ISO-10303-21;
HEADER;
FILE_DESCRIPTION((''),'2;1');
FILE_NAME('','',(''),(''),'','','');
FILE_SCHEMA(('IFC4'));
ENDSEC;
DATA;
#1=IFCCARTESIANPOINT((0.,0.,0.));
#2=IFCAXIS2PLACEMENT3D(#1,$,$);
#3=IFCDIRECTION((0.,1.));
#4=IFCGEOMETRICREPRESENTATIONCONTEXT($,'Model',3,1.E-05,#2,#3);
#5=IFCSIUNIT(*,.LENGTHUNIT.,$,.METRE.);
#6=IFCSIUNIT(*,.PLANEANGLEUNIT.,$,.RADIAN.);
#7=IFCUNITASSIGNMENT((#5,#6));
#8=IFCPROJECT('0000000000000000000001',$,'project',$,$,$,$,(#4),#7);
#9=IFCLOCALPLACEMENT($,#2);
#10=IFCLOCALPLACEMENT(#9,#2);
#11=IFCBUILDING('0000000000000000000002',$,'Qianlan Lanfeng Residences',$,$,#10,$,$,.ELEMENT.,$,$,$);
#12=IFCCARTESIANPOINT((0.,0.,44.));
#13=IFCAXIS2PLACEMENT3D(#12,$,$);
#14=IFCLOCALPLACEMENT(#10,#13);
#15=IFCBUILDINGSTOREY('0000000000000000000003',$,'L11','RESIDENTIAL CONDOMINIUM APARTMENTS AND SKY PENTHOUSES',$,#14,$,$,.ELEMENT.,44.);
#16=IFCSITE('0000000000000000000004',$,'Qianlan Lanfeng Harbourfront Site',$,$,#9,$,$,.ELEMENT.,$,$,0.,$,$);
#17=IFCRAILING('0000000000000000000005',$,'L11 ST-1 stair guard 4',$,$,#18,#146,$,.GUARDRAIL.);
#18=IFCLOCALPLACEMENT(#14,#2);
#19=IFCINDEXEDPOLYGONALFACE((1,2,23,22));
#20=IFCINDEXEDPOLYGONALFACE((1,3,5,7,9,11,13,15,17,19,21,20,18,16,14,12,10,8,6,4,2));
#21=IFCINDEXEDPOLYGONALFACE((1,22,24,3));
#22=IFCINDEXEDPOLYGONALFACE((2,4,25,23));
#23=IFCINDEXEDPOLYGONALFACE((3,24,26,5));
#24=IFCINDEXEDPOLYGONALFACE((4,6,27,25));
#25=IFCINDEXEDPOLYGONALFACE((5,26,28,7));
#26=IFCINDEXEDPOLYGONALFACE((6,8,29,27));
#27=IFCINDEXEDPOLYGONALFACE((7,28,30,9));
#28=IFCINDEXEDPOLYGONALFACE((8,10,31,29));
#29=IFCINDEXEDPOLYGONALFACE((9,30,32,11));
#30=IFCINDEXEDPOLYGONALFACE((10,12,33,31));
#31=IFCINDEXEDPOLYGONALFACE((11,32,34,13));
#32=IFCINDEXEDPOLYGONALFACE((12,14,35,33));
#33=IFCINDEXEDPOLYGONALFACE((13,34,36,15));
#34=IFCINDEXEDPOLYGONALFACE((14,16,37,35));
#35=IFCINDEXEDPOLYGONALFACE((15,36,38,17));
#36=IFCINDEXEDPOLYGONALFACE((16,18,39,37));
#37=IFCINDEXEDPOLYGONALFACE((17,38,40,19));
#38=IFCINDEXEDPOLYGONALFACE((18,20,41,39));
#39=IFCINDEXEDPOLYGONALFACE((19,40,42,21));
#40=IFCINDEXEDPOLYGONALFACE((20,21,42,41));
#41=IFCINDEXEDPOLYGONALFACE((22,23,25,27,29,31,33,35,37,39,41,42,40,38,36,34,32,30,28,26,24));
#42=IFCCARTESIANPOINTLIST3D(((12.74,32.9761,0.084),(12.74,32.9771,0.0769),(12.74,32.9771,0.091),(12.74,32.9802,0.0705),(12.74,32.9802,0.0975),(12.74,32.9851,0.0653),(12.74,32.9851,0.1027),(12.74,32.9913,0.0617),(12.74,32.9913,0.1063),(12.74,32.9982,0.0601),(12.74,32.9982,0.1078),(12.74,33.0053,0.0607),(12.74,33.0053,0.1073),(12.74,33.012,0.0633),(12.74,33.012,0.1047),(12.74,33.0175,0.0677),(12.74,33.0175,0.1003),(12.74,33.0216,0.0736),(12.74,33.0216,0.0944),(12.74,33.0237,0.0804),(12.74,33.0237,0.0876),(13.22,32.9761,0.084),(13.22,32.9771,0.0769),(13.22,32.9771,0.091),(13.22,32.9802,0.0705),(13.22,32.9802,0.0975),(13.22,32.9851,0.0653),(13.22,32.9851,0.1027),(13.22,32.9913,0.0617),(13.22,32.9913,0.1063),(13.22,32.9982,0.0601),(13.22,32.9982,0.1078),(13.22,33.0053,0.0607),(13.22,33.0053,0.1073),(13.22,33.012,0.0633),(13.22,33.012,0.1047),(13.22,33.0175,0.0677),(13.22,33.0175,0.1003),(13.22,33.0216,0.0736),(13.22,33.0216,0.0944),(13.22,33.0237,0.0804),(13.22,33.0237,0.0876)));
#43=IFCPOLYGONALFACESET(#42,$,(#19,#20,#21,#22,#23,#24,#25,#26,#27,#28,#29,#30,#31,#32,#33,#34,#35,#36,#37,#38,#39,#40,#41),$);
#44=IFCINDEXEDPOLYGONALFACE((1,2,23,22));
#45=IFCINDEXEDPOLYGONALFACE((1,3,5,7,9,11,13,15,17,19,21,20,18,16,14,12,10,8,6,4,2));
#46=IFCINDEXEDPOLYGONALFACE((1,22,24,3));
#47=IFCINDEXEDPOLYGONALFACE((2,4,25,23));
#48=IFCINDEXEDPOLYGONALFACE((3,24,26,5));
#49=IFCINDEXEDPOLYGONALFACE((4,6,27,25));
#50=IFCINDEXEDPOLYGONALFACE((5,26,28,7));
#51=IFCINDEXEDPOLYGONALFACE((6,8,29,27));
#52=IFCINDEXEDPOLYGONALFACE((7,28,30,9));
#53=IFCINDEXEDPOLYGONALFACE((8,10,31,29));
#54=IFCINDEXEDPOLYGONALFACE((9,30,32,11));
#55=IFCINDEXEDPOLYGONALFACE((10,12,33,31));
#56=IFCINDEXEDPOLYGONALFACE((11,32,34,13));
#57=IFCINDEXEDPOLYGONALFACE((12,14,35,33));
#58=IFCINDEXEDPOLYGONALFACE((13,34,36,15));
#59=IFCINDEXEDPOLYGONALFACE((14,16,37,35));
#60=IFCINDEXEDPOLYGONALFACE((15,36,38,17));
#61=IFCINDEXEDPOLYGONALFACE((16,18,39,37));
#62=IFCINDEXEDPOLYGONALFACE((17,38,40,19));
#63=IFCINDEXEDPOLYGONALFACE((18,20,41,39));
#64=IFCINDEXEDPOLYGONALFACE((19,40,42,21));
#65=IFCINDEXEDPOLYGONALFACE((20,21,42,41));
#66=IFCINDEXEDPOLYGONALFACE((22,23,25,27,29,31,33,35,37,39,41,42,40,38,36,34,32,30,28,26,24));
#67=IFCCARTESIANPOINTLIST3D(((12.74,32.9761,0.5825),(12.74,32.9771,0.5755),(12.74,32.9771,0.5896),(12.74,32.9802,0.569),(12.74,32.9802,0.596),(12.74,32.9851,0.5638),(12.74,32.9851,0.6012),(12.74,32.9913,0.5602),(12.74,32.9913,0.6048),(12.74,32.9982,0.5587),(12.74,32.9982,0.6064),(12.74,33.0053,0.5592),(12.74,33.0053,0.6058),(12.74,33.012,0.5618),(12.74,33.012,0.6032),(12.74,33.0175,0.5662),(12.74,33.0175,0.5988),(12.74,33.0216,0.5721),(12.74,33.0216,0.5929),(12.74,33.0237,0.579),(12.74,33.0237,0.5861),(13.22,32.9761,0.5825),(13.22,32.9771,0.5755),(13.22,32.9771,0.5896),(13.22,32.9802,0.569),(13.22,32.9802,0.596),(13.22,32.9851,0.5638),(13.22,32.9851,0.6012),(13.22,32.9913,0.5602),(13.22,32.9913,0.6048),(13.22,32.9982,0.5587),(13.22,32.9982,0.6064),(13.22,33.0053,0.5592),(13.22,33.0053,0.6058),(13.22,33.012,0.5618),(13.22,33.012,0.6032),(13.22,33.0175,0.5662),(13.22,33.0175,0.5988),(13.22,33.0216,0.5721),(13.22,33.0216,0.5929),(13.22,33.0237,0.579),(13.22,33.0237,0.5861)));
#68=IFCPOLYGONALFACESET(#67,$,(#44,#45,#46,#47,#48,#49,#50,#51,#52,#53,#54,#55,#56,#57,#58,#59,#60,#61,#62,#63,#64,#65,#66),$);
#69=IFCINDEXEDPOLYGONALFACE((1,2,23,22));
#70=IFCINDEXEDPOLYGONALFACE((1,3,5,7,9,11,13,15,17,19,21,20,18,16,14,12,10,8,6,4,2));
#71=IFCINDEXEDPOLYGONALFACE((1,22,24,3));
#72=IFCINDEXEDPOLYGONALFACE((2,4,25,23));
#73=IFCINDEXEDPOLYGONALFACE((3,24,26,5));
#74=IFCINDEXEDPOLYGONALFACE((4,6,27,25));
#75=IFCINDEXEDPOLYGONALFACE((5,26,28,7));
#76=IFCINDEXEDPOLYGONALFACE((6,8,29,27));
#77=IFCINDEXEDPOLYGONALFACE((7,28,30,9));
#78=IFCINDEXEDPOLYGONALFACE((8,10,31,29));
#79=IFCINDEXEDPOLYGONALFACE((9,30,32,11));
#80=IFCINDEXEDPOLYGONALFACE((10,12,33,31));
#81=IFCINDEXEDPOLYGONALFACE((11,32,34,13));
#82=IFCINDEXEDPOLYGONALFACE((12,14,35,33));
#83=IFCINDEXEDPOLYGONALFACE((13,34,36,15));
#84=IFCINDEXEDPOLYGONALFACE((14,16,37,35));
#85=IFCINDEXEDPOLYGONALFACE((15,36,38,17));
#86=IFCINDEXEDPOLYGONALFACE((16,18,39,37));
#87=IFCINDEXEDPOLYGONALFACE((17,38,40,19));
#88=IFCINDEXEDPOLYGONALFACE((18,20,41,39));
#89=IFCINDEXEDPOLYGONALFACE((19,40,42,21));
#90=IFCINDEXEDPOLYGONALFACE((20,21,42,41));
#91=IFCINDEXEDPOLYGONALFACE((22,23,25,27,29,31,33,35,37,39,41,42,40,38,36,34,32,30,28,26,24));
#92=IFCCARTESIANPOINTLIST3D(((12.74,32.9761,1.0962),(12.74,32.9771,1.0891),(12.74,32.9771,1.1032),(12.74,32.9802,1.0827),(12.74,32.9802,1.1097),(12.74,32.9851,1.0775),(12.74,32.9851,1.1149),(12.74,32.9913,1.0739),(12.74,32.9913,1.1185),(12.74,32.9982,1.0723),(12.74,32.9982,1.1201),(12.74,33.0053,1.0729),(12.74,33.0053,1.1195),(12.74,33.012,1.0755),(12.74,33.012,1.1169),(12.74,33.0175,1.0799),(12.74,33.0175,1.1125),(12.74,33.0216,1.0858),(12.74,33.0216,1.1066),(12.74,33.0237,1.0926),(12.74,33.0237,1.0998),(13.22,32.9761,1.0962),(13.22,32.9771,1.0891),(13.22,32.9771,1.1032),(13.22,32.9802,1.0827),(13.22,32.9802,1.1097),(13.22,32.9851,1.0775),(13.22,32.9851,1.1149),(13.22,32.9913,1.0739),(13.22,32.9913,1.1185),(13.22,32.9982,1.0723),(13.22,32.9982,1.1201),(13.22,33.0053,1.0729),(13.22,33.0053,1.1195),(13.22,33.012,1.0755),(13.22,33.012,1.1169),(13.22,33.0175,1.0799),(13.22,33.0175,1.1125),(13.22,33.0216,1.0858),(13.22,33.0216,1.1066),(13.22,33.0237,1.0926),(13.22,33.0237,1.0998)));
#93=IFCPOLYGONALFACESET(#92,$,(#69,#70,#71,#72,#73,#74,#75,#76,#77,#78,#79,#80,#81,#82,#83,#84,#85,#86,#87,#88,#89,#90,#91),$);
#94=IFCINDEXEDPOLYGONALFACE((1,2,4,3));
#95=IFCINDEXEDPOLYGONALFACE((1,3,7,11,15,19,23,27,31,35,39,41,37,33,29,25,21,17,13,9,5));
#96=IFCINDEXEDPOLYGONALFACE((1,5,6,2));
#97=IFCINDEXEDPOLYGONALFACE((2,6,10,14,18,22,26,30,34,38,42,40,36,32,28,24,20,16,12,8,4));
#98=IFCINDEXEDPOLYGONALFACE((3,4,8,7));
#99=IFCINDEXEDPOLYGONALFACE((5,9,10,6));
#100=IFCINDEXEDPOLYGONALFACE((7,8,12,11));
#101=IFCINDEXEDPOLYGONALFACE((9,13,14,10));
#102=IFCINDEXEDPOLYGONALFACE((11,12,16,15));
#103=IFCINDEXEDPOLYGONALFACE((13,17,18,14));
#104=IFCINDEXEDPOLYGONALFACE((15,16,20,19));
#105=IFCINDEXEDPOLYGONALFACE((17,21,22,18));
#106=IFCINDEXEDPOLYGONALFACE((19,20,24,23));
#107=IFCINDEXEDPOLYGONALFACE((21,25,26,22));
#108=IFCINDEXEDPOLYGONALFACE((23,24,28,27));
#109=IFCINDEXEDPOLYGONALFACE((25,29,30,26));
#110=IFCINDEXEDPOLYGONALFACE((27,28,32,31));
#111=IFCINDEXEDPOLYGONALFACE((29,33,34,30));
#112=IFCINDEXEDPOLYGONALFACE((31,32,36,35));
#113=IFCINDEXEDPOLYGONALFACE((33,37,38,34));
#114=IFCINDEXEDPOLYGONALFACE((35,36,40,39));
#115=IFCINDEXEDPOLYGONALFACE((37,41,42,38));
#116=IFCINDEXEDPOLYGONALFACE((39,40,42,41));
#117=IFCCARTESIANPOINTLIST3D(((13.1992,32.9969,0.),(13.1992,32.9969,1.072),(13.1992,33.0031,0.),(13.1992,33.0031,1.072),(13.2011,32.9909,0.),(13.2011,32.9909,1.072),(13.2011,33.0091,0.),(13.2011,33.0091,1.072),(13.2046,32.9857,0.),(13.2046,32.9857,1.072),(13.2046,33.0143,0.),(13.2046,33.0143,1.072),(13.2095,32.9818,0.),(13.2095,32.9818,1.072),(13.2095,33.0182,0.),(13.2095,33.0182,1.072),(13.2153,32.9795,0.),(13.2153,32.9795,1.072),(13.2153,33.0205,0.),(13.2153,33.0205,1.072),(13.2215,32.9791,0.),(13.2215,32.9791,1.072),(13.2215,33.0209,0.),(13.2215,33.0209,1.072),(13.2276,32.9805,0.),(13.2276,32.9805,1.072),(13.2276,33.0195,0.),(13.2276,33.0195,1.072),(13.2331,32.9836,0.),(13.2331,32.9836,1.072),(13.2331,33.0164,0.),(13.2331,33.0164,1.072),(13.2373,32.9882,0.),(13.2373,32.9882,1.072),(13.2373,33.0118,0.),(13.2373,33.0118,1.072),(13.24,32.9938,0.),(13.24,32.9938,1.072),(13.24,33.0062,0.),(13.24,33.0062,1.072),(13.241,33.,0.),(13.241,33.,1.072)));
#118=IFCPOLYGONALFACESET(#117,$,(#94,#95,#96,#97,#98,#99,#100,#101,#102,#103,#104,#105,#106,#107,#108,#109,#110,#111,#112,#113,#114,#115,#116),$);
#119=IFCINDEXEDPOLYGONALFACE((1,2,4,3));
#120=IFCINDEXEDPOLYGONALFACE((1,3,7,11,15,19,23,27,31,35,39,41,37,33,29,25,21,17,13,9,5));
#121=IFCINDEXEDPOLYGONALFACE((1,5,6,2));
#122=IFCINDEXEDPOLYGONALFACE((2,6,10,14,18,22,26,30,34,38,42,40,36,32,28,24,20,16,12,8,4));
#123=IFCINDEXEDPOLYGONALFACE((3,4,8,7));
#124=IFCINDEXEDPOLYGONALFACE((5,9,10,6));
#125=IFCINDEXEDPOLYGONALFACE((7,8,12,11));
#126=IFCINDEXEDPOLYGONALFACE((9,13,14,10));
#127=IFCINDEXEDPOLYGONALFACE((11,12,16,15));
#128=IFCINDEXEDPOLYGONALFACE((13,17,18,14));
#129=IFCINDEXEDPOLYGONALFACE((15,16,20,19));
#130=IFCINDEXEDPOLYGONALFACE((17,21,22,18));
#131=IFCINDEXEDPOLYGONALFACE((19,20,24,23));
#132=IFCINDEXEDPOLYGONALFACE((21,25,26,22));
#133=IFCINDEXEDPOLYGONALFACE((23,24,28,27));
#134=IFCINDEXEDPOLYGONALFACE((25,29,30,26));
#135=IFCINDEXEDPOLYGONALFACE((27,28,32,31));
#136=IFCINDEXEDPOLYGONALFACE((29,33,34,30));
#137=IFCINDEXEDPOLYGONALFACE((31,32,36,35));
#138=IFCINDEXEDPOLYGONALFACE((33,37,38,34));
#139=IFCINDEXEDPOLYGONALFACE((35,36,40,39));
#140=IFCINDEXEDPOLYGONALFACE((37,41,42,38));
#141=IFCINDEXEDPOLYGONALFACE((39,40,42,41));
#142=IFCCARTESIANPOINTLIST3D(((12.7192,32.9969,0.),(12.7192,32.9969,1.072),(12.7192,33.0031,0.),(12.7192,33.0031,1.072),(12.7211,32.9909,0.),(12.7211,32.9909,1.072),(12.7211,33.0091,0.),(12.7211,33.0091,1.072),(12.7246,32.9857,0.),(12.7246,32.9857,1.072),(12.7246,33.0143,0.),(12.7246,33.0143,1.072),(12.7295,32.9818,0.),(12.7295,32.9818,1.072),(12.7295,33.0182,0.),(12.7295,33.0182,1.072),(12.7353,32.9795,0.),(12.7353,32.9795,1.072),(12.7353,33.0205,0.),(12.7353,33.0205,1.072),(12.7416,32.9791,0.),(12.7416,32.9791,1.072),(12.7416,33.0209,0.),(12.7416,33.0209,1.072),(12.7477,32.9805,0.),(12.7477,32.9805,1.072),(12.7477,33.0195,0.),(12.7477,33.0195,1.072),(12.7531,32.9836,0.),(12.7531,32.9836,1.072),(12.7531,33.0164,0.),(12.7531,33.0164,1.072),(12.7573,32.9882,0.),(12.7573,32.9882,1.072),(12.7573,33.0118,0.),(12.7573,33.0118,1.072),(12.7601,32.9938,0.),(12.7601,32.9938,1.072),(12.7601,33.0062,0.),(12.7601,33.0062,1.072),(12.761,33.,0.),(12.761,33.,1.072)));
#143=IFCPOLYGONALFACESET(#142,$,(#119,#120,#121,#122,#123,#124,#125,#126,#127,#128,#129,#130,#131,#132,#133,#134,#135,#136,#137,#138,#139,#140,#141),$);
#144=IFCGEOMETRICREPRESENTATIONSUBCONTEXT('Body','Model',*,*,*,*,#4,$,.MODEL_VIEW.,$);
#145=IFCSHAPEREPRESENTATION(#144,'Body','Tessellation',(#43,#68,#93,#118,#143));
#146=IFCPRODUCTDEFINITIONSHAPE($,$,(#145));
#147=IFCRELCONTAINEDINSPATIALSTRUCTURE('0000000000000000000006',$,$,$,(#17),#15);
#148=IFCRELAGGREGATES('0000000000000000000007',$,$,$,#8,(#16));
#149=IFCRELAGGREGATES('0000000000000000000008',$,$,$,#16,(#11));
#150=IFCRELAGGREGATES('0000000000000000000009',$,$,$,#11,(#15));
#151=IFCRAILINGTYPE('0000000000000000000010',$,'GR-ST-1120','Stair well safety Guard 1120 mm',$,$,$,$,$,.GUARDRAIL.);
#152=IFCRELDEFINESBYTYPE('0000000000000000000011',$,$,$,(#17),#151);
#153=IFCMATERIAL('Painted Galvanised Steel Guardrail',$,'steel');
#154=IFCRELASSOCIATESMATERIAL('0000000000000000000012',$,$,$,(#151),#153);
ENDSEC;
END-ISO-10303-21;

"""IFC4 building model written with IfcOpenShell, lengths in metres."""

from ifc_helpers import new_model, si_unit, direction, frame, origin, origin_2d, place, context, subcontext, project, spatial, circle, extrude, material, type_object, element, save


model = new_model("IFC4")

# Units and contexts
model_context = context("Model", 3, precision=1e-05, world=origin(), true_north=direction((0.0, 1.0)))
body_context = subcontext(model_context, "Body", "Model", "MODEL_VIEW")
ifc_project = project(units=[si_unit("LENGTHUNIT", "METRE"), si_unit("PLANEANGLEUNIT", "RADIAN")], contexts=[model_context])

# Site, building, storey
site_placement = place(None, origin())
site = spatial("IfcSite", under=ifc_project, at=site_placement, Name="Qianlan Lanfeng Harbourfront Site", CompositionType="ELEMENT", RefElevation=0.0)
building_placement = place(site_placement, origin())
building = spatial("IfcBuilding", under=site, at=building_placement, Name="Qianlan Lanfeng Residences", CompositionType="ELEMENT")
storey_placement = place(building_placement, frame((0.0, 0.0, 44.0)))
storey = spatial("IfcBuildingStorey", under=building, at=storey_placement, Name="L11", Description="RESIDENTIAL CONDOMINIUM APARTMENTS AND SKY PENTHOUSES", CompositionType="ELEMENT", Elevation=44.0)

# Railing
ifc_material_1 = material(Name="Painted Galvanised Steel Guardrail", Category="steel")
railing_type_1 = type_object("IfcRailingType", Name="GR-ST-1120", Description="Stair well safety Guard 1120 mm", PredefinedType="GUARDRAIL", material=ifc_material_1)
railing_1_placement = place(storey_placement, frame((13.22, 33.0, 0.0)))
element("IfcRailing", 1, at=railing_1_placement, inside=storey, type_object=railing_type_1, Name="L11 ST-1 stair guard 4", PredefinedType="GUARDRAIL", context=body_context, shape_type="SweptSolid", body=[
    extrude(circle(Radius=0.0239, at=origin_2d()), frame((0.0, 0.0, 0.084), z_axis=(-1.0, 0.0, 0.0), x_axis=(0.0, -1.0, 0.0)), (0.0, 0.0, 1.0), 0.48),
    extrude(circle(Radius=0.0239, at=origin_2d()), frame((0.0, 0.0, 0.5825), z_axis=(-1.0, 0.0, 0.0), x_axis=(0.0, -1.0, 0.0)), (0.0, 0.0, 1.0), 0.48),
    extrude(circle(Radius=0.0239, at=origin_2d()), frame((0.0, 0.0, 1.0962), z_axis=(-1.0, 0.0, 0.0), x_axis=(0.0, -1.0, 0.0)), (0.0, 0.0, 1.0), 0.48),
    extrude(circle(Radius=0.021, at=origin_2d()), origin(), (0.0, 0.0, 1.0), 1.072),
    extrude(circle(Radius=0.021, at=origin_2d()), frame((-0.48, 0.0, 0.0)), (0.0, 0.0, 1.0), 1.072),
])

save(model, "model.ifc")
